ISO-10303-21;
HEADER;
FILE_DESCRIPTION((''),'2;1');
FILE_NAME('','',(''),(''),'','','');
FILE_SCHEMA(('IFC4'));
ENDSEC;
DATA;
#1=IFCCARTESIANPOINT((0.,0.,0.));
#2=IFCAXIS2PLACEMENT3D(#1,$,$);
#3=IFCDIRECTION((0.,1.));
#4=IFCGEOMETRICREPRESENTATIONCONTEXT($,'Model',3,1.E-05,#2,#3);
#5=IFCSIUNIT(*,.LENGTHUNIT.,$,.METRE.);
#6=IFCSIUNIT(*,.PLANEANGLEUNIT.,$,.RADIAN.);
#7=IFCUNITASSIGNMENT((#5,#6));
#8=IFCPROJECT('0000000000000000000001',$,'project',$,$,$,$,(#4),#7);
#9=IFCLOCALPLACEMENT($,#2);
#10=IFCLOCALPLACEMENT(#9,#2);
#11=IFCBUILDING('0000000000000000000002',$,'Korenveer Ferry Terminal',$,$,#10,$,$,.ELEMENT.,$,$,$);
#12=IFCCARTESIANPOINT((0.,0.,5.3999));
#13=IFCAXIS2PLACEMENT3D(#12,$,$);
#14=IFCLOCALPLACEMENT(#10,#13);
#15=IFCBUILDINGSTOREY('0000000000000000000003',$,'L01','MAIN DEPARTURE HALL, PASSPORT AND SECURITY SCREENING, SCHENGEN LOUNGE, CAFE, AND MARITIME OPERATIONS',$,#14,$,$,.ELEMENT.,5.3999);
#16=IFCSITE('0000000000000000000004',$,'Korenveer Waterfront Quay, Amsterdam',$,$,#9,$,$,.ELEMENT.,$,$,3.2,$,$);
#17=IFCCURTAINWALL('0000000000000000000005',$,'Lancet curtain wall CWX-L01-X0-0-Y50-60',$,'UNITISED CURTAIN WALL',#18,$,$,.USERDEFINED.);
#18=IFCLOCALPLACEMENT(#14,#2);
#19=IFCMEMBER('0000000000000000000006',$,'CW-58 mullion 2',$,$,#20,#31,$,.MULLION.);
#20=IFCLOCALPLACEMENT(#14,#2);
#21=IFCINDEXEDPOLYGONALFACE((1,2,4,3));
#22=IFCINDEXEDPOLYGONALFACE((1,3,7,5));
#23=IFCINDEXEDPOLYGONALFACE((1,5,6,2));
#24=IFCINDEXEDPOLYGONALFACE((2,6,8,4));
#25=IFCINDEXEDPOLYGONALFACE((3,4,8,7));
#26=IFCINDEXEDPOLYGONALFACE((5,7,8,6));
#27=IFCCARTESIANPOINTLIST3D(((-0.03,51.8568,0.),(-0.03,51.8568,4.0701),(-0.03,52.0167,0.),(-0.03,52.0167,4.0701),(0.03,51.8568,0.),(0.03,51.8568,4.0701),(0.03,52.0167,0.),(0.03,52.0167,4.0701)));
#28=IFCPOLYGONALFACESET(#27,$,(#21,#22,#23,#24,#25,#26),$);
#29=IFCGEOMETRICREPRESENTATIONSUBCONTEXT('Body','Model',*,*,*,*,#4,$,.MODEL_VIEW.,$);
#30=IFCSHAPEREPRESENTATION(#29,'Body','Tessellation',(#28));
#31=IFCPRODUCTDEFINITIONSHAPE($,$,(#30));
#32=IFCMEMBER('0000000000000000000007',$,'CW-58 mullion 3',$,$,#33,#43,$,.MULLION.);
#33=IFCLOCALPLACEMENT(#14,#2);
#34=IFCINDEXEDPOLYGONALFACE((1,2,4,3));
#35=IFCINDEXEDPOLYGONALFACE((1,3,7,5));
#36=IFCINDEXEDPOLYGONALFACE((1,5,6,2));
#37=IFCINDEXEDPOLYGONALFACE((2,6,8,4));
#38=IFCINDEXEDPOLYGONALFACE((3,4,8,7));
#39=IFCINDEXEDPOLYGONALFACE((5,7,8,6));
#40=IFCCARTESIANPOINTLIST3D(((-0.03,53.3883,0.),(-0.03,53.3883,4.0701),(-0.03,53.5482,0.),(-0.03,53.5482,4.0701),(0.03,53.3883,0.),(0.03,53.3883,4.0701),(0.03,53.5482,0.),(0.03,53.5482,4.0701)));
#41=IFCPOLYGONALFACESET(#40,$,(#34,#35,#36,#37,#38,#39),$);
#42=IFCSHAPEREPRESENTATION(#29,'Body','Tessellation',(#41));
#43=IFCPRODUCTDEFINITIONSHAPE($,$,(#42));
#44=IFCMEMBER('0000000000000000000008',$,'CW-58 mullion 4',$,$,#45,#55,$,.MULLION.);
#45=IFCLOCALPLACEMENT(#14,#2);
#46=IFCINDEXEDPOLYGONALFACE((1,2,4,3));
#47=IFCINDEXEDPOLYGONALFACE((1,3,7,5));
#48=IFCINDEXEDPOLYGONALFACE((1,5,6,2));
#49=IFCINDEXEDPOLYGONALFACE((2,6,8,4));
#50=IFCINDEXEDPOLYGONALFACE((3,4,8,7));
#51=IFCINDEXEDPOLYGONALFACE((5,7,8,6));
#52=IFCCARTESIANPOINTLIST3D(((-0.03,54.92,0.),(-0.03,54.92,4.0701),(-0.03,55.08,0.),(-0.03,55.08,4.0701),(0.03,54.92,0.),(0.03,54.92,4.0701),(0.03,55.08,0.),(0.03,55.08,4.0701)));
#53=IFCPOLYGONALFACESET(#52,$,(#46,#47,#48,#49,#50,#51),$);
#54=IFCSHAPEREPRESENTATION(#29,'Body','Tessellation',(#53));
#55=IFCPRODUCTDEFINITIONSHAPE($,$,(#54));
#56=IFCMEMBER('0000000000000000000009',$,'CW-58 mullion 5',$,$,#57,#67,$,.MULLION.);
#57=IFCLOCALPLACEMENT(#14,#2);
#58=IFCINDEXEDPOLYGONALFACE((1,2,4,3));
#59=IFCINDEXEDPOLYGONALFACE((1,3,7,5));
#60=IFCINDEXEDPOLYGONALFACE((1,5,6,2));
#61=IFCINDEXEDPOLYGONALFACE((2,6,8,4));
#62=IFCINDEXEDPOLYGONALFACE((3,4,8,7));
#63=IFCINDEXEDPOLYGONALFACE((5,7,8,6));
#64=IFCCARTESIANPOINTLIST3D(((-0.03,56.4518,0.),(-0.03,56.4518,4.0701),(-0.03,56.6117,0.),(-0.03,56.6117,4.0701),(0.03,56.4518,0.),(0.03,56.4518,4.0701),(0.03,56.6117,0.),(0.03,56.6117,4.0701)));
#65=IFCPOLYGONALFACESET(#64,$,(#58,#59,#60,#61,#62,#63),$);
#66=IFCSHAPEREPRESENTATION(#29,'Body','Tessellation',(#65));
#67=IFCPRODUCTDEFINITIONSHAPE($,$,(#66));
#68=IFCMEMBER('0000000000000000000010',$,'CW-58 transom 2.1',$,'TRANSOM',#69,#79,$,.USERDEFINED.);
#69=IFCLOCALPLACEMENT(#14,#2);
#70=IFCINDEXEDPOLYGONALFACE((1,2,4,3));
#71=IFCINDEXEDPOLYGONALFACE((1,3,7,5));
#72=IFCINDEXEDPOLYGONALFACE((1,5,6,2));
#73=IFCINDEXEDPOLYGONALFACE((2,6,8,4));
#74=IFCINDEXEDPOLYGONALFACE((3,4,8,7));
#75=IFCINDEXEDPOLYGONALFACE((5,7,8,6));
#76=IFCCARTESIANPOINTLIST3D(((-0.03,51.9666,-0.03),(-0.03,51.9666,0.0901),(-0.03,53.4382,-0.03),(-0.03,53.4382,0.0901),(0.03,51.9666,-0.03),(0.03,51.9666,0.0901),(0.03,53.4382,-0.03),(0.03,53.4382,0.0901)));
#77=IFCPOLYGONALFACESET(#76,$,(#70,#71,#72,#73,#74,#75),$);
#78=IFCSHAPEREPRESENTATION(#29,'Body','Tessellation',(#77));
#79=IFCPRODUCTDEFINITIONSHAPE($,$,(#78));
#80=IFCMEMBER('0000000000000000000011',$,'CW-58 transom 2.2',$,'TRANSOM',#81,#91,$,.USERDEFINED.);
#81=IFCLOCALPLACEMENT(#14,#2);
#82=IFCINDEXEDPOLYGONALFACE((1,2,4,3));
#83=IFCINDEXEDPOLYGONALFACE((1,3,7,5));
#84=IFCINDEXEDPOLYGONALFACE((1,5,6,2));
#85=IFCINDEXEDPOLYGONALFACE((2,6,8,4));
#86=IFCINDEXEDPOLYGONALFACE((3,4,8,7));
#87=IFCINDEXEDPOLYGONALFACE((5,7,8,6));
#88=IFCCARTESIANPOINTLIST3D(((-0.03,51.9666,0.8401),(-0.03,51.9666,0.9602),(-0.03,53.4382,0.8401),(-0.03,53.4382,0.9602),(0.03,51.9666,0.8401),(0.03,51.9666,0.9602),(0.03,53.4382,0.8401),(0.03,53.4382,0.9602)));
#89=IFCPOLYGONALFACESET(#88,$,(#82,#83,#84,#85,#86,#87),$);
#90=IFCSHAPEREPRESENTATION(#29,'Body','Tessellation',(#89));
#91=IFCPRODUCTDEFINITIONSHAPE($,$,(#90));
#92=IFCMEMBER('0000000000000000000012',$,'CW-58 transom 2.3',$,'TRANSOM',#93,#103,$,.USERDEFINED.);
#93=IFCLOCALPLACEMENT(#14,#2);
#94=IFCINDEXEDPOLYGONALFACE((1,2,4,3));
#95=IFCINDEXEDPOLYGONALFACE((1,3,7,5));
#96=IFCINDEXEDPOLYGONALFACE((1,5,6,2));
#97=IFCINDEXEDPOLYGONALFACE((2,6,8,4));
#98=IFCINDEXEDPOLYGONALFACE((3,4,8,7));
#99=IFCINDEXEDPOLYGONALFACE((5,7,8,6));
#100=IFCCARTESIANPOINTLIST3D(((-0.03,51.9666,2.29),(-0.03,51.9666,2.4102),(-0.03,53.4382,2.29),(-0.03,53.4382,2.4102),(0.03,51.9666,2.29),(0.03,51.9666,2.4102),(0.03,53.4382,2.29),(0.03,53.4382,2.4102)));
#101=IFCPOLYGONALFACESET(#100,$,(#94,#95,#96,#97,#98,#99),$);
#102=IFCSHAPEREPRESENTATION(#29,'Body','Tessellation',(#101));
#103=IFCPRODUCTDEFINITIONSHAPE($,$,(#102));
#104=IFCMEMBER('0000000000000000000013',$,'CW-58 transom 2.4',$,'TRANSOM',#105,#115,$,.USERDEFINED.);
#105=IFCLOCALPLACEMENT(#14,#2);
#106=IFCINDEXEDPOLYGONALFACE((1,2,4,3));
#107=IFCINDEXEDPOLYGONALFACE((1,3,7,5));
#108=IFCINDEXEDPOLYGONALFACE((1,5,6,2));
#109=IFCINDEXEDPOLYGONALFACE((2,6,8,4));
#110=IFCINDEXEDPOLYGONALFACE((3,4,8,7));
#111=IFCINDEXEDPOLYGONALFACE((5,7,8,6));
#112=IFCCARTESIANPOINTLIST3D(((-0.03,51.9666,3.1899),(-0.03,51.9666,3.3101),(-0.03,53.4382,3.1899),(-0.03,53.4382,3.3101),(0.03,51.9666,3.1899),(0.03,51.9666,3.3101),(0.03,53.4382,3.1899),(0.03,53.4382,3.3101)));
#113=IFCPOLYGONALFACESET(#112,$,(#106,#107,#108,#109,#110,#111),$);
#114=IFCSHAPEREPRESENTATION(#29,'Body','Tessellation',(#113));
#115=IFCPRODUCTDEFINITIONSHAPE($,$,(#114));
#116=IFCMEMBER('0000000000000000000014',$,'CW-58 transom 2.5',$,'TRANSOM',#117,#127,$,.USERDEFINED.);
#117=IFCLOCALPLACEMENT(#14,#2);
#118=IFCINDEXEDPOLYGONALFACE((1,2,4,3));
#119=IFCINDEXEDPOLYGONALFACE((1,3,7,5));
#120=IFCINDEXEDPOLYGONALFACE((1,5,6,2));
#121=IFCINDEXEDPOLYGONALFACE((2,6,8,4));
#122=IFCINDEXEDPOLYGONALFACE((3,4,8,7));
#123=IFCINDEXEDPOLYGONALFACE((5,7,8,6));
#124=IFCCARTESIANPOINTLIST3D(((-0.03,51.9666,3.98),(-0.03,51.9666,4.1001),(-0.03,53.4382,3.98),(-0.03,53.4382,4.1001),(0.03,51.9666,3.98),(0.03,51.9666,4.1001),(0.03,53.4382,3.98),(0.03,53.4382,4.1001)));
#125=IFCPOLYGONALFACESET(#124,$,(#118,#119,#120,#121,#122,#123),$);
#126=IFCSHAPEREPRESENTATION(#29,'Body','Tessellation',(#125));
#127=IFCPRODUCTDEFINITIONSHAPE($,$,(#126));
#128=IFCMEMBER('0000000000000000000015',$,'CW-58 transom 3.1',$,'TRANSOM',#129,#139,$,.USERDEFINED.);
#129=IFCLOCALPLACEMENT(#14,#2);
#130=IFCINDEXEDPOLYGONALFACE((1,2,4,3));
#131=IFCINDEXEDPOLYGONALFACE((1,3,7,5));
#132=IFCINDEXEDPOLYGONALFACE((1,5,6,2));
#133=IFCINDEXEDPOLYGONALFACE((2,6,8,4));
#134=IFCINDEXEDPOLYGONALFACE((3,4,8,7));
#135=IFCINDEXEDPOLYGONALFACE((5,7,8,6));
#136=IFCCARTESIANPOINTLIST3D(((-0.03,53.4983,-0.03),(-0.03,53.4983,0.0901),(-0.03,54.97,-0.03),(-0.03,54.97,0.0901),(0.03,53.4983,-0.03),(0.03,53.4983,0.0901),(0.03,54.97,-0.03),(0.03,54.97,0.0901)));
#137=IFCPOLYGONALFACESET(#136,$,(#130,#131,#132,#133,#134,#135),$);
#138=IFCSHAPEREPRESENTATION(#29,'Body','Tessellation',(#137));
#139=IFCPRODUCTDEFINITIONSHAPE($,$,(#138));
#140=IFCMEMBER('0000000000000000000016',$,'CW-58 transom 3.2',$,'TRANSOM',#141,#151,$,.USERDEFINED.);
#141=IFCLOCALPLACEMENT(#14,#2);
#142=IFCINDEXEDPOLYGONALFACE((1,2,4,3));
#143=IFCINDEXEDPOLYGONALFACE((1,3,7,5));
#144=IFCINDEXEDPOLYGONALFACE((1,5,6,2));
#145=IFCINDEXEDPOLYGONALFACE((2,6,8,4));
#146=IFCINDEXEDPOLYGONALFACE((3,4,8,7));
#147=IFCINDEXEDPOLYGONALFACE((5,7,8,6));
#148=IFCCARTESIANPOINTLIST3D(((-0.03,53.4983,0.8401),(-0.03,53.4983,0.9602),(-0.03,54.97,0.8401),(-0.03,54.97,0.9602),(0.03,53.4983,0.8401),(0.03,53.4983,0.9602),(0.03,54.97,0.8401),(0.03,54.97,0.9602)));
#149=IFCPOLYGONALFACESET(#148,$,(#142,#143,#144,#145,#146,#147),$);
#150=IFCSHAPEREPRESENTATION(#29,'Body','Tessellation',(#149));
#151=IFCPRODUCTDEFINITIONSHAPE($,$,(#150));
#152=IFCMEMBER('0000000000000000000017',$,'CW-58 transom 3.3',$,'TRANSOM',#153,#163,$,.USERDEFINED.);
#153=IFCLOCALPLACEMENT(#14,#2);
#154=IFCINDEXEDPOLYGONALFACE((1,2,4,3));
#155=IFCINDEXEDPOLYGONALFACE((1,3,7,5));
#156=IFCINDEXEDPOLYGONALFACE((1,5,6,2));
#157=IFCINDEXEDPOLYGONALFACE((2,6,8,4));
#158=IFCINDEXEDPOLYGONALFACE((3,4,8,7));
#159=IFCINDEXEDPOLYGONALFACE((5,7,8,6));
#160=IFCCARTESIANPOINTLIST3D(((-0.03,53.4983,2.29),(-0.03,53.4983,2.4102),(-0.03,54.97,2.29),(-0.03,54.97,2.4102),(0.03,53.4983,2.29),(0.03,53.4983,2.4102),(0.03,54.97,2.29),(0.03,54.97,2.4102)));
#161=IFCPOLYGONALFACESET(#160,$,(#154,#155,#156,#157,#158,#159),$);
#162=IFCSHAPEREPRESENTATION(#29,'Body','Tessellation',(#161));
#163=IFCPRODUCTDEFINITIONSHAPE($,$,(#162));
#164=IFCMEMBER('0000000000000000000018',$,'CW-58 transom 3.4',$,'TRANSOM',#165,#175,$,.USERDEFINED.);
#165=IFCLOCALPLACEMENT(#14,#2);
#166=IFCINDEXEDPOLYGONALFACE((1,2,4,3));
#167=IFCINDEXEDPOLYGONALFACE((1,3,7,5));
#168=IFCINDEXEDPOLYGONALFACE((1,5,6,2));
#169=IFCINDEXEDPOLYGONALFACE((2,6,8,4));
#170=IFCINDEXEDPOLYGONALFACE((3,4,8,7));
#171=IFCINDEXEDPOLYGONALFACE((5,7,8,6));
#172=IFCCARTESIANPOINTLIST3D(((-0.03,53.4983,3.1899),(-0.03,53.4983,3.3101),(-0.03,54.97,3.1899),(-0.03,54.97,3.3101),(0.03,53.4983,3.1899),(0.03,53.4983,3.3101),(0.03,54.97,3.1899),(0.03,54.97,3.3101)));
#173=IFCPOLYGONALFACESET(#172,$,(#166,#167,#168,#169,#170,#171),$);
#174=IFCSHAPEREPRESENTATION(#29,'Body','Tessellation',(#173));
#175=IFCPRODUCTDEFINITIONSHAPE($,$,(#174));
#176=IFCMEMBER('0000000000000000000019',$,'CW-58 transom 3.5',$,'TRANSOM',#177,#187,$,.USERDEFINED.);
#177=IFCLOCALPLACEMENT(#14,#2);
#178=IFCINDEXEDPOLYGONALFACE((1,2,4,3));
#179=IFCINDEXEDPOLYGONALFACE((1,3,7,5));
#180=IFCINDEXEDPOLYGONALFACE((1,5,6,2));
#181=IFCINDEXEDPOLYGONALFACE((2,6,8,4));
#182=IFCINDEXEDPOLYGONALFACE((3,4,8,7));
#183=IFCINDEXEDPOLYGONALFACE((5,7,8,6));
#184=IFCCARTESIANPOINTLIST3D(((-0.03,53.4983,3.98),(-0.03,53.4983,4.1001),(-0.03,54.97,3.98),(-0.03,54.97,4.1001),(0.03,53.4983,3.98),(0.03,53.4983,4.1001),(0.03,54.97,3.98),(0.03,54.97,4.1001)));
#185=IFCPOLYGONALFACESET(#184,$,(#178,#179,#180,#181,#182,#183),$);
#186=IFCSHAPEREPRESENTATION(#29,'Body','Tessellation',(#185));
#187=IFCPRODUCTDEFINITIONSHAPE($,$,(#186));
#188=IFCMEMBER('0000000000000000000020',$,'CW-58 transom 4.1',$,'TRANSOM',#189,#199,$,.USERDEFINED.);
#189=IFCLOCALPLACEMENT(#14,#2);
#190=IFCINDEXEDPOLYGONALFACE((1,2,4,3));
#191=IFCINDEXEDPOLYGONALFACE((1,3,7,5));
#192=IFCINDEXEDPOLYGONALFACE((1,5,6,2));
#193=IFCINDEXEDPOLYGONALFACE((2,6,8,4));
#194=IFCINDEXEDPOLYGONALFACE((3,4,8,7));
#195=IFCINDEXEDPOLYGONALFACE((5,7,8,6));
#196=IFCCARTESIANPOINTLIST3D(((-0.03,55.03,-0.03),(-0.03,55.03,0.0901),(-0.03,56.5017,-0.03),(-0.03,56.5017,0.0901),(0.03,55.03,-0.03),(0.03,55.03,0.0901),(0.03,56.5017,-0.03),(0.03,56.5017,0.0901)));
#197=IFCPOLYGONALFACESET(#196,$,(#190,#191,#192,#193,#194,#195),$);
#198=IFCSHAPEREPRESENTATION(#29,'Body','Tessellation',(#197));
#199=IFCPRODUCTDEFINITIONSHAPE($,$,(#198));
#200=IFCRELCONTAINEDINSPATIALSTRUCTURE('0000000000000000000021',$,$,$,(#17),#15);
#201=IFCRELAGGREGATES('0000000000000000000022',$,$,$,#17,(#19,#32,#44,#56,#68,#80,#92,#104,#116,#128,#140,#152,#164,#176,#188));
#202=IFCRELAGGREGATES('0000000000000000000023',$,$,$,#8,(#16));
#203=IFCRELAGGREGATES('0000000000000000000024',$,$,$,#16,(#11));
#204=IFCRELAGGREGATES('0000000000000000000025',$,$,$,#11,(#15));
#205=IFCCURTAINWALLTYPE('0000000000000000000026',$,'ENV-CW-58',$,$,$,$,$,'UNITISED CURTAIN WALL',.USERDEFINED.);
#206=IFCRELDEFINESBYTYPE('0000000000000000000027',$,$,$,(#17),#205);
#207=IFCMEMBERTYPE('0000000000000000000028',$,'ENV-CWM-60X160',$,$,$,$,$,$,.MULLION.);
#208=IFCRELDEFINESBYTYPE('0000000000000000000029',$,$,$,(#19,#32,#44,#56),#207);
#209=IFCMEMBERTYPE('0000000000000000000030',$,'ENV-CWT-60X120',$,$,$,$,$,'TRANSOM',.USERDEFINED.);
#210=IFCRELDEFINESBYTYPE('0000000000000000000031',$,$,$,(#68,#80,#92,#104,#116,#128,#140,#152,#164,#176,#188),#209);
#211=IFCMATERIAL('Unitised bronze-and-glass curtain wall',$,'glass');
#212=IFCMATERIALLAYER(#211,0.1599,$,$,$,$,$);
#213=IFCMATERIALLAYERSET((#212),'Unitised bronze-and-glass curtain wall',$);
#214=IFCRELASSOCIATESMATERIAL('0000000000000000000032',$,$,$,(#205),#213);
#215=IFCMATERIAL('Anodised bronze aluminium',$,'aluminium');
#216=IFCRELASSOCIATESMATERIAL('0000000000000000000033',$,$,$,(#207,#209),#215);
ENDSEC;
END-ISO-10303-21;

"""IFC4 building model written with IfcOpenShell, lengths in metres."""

from ifc_helpers import new_model, si_unit, direction, frame, origin, origin_2d, place, context, subcontext, project, spatial, rectangle, extrude, material, layer, layer_set, material_profile, profile_set, type_object, element, aggregate, save


model = new_model("IFC4")

# Units and contexts
model_context = context("Model", 3, precision=1e-05, world=origin(), true_north=direction((0.0, 1.0)))
body_context = subcontext(model_context, "Body", "Model", "MODEL_VIEW")
ifc_project = project(units=[si_unit("LENGTHUNIT", "METRE"), si_unit("PLANEANGLEUNIT", "RADIAN")], contexts=[model_context])

# Site, building, storey
site_placement = place(None, origin())
site = spatial("IfcSite", under=ifc_project, at=site_placement, Name="Korenveer Waterfront Quay, Amsterdam", CompositionType="ELEMENT", RefElevation=3.2)
building_placement = place(site_placement, origin())
building = spatial("IfcBuilding", under=site, at=building_placement, Name="Korenveer Ferry Terminal", CompositionType="ELEMENT")
storey_placement = place(building_placement, frame((0.0, 0.0, 5.3999)))
storey = spatial("IfcBuildingStorey", under=building, at=storey_placement, Name="L01", Description="MAIN DEPARTURE HALL, PASSPORT AND SECURITY SCREENING, SCHENGEN LOUNGE, CAFE, AND MARITIME OPERATIONS", CompositionType="ELEMENT", Elevation=5.3999)

# Curtain wall, members
ifc_material_1 = material(Name="Unitised bronze-and-glass curtain wall", Category="glass")
ifc_layer_1 = layer(ifc_material_1, 0.1599)
ifc_layer_set_1 = layer_set([ifc_layer_1], Name="Unitised bronze-and-glass curtain wall")
curtain_wall_type = type_object("IfcCurtainWallType", Name="ENV-CW-58", ElementType="UNITISED CURTAIN WALL", PredefinedType="USERDEFINED", material=ifc_layer_set_1)
curtain_wall_placement = place(storey_placement, frame((0.0, 50.405, 0.0)))
curtain_wall = element("IfcCurtainWall", 1, at=curtain_wall_placement, inside=storey, type_object=curtain_wall_type, Name="Lancet curtain wall CWX-L01-X0-0-Y50-60", ObjectType="UNITISED CURTAIN WALL", PredefinedType="USERDEFINED")
ifc_material_2 = material(Name="Anodised bronze aluminium", Category="aluminium")
ifc_material_profile_1 = material_profile(ifc_material_2, rectangle(XDim=0.0601, YDim=0.1599, at=origin_2d()), Name="ALU 60x160")
ifc_profile_set_1 = profile_set([ifc_material_profile_1], Name="Anodised bronze aluminium")
member_type_1 = type_object("IfcMemberType", Name="ENV-CWM-60X160", PredefinedType="MULLION", material=ifc_profile_set_1)
member_1_placement = place(storey_placement, frame((0.0, 51.9368, 0.0), z_axis=(0.0, 0.0, 1.0), x_axis=(-1.0, 0.0, 0.0)))
member_1 = element("IfcMember", 2, at=member_1_placement, type_object=member_type_1, Name="CW-58 mullion 2", PredefinedType="MULLION", context=body_context, shape_type="SweptSolid", body=[
    extrude(rectangle(XDim=0.0601, YDim=0.1599, at=origin_2d()), origin(), (0.0, 0.0, 1.0), 4.0701),
])
member_2_placement = place(storey_placement, frame((0.0, 53.4683, 0.0), z_axis=(0.0, 0.0, 1.0), x_axis=(-1.0, 0.0, 0.0)))
member_2 = element("IfcMember", 3, at=member_2_placement, type_object=member_type_1, Name="CW-58 mullion 3", PredefinedType="MULLION", context=body_context, shape_type="SweptSolid", body=[
    extrude(rectangle(XDim=0.0601, YDim=0.1599, at=origin_2d()), origin(), (0.0, 0.0, 1.0), 4.0701),
])
member_3_placement = place(storey_placement, frame((0.0, 55.0, 0.0), z_axis=(0.0, 0.0, 1.0), x_axis=(-1.0, 0.0, 0.0)))
member_3 = element("IfcMember", 4, at=member_3_placement, type_object=member_type_1, Name="CW-58 mullion 4", PredefinedType="MULLION", context=body_context, shape_type="SweptSolid", body=[
    extrude(rectangle(XDim=0.0601, YDim=0.1599, at=origin_2d()), origin(), (0.0, 0.0, 1.0), 4.0701),
])
member_4_placement = place(storey_placement, frame((0.0, 56.5317, 0.0), z_axis=(0.0, 0.0, 1.0), x_axis=(-1.0, 0.0, 0.0)))
member_4 = element("IfcMember", 5, at=member_4_placement, type_object=member_type_1, Name="CW-58 mullion 5", PredefinedType="MULLION", context=body_context, shape_type="SweptSolid", body=[
    extrude(rectangle(XDim=0.0601, YDim=0.1599, at=origin_2d()), origin(), (0.0, 0.0, 1.0), 4.0701),
])
ifc_material_profile_2 = material_profile(ifc_material_2, rectangle(XDim=0.0601, YDim=0.1201, at=origin_2d()), Name="ALU 60x120")
ifc_profile_set_2 = profile_set([ifc_material_profile_2], Name="Anodised bronze aluminium")
member_type_2 = type_object("IfcMemberType", Name="ENV-CWT-60X120", ElementType="TRANSOM", PredefinedType="USERDEFINED", material=ifc_profile_set_2)
member_5_placement = place(storey_placement, frame((0.0, 51.9666, 0.03), z_axis=(0.0, 1.0, 0.0), x_axis=(-1.0, 0.0, 0.0)))
member_5 = element("IfcMember", 6, at=member_5_placement, type_object=member_type_2, Name="CW-58 transom 2.1", ObjectType="TRANSOM", PredefinedType="USERDEFINED", context=body_context, shape_type="SweptSolid", body=[
    extrude(rectangle(XDim=0.0601, YDim=0.1201, at=origin_2d()), origin(), (0.0, 0.0, 1.0), 1.4717),
])
member_6_placement = place(storey_placement, frame((0.0, 51.9666, 0.9001), z_axis=(0.0, 1.0, 0.0), x_axis=(-1.0, 0.0, 0.0)))
member_6 = element("IfcMember", 7, at=member_6_placement, type_object=member_type_2, Name="CW-58 transom 2.2", ObjectType="TRANSOM", PredefinedType="USERDEFINED", context=body_context, shape_type="SweptSolid", body=[
    extrude(rectangle(XDim=0.0601, YDim=0.1201, at=origin_2d()), origin(), (0.0, 0.0, 1.0), 1.4717),
])
member_7_placement = place(storey_placement, frame((0.0, 51.9666, 2.3501), z_axis=(0.0, 1.0, 0.0), x_axis=(-1.0, 0.0, 0.0)))
member_7 = element("IfcMember", 8, at=member_7_placement, type_object=member_type_2, Name="CW-58 transom 2.3", ObjectType="TRANSOM", PredefinedType="USERDEFINED", context=body_context, shape_type="SweptSolid", body=[
    extrude(rectangle(XDim=0.0601, YDim=0.1201, at=origin_2d()), origin(), (0.0, 0.0, 1.0), 1.4717),
])
member_8_placement = place(storey_placement, frame((0.0, 51.9666, 3.25), z_axis=(0.0, 1.0, 0.0), x_axis=(-1.0, 0.0, 0.0)))
member_8 = element("IfcMember", 9, at=member_8_placement, type_object=member_type_2, Name="CW-58 transom 2.4", ObjectType="TRANSOM", PredefinedType="USERDEFINED", context=body_context, shape_type="SweptSolid", body=[
    extrude(rectangle(XDim=0.0601, YDim=0.1201, at=origin_2d()), origin(), (0.0, 0.0, 1.0), 1.4717),
])
member_9_placement = place(storey_placement, frame((0.0, 51.9666, 4.04), z_axis=(0.0, 1.0, 0.0), x_axis=(-1.0, 0.0, 0.0)))
member_9 = element("IfcMember", 10, at=member_9_placement, type_object=member_type_2, Name="CW-58 transom 2.5", ObjectType="TRANSOM", PredefinedType="USERDEFINED", context=body_context, shape_type="SweptSolid", body=[
    extrude(rectangle(XDim=0.0601, YDim=0.1201, at=origin_2d()), origin(), (0.0, 0.0, 1.0), 1.4717),
])
member_10_placement = place(storey_placement, frame((0.0, 53.4983, 0.03), z_axis=(0.0, 1.0, 0.0), x_axis=(-1.0, 0.0, 0.0)))
member_10 = element("IfcMember", 11, at=member_10_placement, type_object=member_type_2, Name="CW-58 transom 3.1", ObjectType="TRANSOM", PredefinedType="USERDEFINED", context=body_context, shape_type="SweptSolid", body=[
    extrude(rectangle(XDim=0.0601, YDim=0.1201, at=origin_2d()), origin(), (0.0, 0.0, 1.0), 1.4717),
])
member_11_placement = place(storey_placement, frame((0.0, 53.4983, 0.9001), z_axis=(0.0, 1.0, 0.0), x_axis=(-1.0, 0.0, 0.0)))
member_11 = element("IfcMember", 12, at=member_11_placement, type_object=member_type_2, Name="CW-58 transom 3.2", ObjectType="TRANSOM", PredefinedType="USERDEFINED", context=body_context, shape_type="SweptSolid", body=[
    extrude(rectangle(XDim=0.0601, YDim=0.1201, at=origin_2d()), origin(), (0.0, 0.0, 1.0), 1.4717),
])
member_12_placement = place(storey_placement, frame((0.0, 53.4983, 2.3501), z_axis=(0.0, 1.0, 0.0), x_axis=(-1.0, 0.0, 0.0)))
member_12 = element("IfcMember", 13, at=member_12_placement, type_object=member_type_2, Name="CW-58 transom 3.3", ObjectType="TRANSOM", PredefinedType="USERDEFINED", context=body_context, shape_type="SweptSolid", body=[
    extrude(rectangle(XDim=0.0601, YDim=0.1201, at=origin_2d()), origin(), (0.0, 0.0, 1.0), 1.4717),
])
member_13_placement = place(storey_placement, frame((0.0, 53.4983, 3.25), z_axis=(0.0, 1.0, 0.0), x_axis=(-1.0, 0.0, 0.0)))
member_13 = element("IfcMember", 14, at=member_13_placement, type_object=member_type_2, Name="CW-58 transom 3.4", ObjectType="TRANSOM", PredefinedType="USERDEFINED", context=body_context, shape_type="SweptSolid", body=[
    extrude(rectangle(XDim=0.0601, YDim=0.1201, at=origin_2d()), origin(), (0.0, 0.0, 1.0), 1.4717),
])
member_14_placement = place(storey_placement, frame((0.0, 53.4983, 4.04), z_axis=(0.0, 1.0, 0.0), x_axis=(-1.0, 0.0, 0.0)))
member_14 = element("IfcMember", 15, at=member_14_placement, type_object=member_type_2, Name="CW-58 transom 3.5", ObjectType="TRANSOM", PredefinedType="USERDEFINED", context=body_context, shape_type="SweptSolid", body=[
    extrude(rectangle(XDim=0.0601, YDim=0.1201, at=origin_2d()), origin(), (0.0, 0.0, 1.0), 1.4717),
])
member_15_placement = place(storey_placement, frame((0.0, 55.03, 0.03), z_axis=(0.0, 1.0, 0.0), x_axis=(-1.0, 0.0, 0.0)))
member_15 = element("IfcMember", 16, at=member_15_placement, type_object=member_type_2, Name="CW-58 transom 4.1", ObjectType="TRANSOM", PredefinedType="USERDEFINED", context=body_context, shape_type="SweptSolid", body=[
    extrude(rectangle(XDim=0.0601, YDim=0.1201, at=origin_2d()), origin(), (0.0, 0.0, 1.0), 1.4717),
])
aggregate(curtain_wall, [member_1, member_2, member_3, member_4, member_5, member_6, member_7, member_8, member_9, member_10, member_11, member_12, member_13, member_14, member_15])

save(model, "model.ifc")
